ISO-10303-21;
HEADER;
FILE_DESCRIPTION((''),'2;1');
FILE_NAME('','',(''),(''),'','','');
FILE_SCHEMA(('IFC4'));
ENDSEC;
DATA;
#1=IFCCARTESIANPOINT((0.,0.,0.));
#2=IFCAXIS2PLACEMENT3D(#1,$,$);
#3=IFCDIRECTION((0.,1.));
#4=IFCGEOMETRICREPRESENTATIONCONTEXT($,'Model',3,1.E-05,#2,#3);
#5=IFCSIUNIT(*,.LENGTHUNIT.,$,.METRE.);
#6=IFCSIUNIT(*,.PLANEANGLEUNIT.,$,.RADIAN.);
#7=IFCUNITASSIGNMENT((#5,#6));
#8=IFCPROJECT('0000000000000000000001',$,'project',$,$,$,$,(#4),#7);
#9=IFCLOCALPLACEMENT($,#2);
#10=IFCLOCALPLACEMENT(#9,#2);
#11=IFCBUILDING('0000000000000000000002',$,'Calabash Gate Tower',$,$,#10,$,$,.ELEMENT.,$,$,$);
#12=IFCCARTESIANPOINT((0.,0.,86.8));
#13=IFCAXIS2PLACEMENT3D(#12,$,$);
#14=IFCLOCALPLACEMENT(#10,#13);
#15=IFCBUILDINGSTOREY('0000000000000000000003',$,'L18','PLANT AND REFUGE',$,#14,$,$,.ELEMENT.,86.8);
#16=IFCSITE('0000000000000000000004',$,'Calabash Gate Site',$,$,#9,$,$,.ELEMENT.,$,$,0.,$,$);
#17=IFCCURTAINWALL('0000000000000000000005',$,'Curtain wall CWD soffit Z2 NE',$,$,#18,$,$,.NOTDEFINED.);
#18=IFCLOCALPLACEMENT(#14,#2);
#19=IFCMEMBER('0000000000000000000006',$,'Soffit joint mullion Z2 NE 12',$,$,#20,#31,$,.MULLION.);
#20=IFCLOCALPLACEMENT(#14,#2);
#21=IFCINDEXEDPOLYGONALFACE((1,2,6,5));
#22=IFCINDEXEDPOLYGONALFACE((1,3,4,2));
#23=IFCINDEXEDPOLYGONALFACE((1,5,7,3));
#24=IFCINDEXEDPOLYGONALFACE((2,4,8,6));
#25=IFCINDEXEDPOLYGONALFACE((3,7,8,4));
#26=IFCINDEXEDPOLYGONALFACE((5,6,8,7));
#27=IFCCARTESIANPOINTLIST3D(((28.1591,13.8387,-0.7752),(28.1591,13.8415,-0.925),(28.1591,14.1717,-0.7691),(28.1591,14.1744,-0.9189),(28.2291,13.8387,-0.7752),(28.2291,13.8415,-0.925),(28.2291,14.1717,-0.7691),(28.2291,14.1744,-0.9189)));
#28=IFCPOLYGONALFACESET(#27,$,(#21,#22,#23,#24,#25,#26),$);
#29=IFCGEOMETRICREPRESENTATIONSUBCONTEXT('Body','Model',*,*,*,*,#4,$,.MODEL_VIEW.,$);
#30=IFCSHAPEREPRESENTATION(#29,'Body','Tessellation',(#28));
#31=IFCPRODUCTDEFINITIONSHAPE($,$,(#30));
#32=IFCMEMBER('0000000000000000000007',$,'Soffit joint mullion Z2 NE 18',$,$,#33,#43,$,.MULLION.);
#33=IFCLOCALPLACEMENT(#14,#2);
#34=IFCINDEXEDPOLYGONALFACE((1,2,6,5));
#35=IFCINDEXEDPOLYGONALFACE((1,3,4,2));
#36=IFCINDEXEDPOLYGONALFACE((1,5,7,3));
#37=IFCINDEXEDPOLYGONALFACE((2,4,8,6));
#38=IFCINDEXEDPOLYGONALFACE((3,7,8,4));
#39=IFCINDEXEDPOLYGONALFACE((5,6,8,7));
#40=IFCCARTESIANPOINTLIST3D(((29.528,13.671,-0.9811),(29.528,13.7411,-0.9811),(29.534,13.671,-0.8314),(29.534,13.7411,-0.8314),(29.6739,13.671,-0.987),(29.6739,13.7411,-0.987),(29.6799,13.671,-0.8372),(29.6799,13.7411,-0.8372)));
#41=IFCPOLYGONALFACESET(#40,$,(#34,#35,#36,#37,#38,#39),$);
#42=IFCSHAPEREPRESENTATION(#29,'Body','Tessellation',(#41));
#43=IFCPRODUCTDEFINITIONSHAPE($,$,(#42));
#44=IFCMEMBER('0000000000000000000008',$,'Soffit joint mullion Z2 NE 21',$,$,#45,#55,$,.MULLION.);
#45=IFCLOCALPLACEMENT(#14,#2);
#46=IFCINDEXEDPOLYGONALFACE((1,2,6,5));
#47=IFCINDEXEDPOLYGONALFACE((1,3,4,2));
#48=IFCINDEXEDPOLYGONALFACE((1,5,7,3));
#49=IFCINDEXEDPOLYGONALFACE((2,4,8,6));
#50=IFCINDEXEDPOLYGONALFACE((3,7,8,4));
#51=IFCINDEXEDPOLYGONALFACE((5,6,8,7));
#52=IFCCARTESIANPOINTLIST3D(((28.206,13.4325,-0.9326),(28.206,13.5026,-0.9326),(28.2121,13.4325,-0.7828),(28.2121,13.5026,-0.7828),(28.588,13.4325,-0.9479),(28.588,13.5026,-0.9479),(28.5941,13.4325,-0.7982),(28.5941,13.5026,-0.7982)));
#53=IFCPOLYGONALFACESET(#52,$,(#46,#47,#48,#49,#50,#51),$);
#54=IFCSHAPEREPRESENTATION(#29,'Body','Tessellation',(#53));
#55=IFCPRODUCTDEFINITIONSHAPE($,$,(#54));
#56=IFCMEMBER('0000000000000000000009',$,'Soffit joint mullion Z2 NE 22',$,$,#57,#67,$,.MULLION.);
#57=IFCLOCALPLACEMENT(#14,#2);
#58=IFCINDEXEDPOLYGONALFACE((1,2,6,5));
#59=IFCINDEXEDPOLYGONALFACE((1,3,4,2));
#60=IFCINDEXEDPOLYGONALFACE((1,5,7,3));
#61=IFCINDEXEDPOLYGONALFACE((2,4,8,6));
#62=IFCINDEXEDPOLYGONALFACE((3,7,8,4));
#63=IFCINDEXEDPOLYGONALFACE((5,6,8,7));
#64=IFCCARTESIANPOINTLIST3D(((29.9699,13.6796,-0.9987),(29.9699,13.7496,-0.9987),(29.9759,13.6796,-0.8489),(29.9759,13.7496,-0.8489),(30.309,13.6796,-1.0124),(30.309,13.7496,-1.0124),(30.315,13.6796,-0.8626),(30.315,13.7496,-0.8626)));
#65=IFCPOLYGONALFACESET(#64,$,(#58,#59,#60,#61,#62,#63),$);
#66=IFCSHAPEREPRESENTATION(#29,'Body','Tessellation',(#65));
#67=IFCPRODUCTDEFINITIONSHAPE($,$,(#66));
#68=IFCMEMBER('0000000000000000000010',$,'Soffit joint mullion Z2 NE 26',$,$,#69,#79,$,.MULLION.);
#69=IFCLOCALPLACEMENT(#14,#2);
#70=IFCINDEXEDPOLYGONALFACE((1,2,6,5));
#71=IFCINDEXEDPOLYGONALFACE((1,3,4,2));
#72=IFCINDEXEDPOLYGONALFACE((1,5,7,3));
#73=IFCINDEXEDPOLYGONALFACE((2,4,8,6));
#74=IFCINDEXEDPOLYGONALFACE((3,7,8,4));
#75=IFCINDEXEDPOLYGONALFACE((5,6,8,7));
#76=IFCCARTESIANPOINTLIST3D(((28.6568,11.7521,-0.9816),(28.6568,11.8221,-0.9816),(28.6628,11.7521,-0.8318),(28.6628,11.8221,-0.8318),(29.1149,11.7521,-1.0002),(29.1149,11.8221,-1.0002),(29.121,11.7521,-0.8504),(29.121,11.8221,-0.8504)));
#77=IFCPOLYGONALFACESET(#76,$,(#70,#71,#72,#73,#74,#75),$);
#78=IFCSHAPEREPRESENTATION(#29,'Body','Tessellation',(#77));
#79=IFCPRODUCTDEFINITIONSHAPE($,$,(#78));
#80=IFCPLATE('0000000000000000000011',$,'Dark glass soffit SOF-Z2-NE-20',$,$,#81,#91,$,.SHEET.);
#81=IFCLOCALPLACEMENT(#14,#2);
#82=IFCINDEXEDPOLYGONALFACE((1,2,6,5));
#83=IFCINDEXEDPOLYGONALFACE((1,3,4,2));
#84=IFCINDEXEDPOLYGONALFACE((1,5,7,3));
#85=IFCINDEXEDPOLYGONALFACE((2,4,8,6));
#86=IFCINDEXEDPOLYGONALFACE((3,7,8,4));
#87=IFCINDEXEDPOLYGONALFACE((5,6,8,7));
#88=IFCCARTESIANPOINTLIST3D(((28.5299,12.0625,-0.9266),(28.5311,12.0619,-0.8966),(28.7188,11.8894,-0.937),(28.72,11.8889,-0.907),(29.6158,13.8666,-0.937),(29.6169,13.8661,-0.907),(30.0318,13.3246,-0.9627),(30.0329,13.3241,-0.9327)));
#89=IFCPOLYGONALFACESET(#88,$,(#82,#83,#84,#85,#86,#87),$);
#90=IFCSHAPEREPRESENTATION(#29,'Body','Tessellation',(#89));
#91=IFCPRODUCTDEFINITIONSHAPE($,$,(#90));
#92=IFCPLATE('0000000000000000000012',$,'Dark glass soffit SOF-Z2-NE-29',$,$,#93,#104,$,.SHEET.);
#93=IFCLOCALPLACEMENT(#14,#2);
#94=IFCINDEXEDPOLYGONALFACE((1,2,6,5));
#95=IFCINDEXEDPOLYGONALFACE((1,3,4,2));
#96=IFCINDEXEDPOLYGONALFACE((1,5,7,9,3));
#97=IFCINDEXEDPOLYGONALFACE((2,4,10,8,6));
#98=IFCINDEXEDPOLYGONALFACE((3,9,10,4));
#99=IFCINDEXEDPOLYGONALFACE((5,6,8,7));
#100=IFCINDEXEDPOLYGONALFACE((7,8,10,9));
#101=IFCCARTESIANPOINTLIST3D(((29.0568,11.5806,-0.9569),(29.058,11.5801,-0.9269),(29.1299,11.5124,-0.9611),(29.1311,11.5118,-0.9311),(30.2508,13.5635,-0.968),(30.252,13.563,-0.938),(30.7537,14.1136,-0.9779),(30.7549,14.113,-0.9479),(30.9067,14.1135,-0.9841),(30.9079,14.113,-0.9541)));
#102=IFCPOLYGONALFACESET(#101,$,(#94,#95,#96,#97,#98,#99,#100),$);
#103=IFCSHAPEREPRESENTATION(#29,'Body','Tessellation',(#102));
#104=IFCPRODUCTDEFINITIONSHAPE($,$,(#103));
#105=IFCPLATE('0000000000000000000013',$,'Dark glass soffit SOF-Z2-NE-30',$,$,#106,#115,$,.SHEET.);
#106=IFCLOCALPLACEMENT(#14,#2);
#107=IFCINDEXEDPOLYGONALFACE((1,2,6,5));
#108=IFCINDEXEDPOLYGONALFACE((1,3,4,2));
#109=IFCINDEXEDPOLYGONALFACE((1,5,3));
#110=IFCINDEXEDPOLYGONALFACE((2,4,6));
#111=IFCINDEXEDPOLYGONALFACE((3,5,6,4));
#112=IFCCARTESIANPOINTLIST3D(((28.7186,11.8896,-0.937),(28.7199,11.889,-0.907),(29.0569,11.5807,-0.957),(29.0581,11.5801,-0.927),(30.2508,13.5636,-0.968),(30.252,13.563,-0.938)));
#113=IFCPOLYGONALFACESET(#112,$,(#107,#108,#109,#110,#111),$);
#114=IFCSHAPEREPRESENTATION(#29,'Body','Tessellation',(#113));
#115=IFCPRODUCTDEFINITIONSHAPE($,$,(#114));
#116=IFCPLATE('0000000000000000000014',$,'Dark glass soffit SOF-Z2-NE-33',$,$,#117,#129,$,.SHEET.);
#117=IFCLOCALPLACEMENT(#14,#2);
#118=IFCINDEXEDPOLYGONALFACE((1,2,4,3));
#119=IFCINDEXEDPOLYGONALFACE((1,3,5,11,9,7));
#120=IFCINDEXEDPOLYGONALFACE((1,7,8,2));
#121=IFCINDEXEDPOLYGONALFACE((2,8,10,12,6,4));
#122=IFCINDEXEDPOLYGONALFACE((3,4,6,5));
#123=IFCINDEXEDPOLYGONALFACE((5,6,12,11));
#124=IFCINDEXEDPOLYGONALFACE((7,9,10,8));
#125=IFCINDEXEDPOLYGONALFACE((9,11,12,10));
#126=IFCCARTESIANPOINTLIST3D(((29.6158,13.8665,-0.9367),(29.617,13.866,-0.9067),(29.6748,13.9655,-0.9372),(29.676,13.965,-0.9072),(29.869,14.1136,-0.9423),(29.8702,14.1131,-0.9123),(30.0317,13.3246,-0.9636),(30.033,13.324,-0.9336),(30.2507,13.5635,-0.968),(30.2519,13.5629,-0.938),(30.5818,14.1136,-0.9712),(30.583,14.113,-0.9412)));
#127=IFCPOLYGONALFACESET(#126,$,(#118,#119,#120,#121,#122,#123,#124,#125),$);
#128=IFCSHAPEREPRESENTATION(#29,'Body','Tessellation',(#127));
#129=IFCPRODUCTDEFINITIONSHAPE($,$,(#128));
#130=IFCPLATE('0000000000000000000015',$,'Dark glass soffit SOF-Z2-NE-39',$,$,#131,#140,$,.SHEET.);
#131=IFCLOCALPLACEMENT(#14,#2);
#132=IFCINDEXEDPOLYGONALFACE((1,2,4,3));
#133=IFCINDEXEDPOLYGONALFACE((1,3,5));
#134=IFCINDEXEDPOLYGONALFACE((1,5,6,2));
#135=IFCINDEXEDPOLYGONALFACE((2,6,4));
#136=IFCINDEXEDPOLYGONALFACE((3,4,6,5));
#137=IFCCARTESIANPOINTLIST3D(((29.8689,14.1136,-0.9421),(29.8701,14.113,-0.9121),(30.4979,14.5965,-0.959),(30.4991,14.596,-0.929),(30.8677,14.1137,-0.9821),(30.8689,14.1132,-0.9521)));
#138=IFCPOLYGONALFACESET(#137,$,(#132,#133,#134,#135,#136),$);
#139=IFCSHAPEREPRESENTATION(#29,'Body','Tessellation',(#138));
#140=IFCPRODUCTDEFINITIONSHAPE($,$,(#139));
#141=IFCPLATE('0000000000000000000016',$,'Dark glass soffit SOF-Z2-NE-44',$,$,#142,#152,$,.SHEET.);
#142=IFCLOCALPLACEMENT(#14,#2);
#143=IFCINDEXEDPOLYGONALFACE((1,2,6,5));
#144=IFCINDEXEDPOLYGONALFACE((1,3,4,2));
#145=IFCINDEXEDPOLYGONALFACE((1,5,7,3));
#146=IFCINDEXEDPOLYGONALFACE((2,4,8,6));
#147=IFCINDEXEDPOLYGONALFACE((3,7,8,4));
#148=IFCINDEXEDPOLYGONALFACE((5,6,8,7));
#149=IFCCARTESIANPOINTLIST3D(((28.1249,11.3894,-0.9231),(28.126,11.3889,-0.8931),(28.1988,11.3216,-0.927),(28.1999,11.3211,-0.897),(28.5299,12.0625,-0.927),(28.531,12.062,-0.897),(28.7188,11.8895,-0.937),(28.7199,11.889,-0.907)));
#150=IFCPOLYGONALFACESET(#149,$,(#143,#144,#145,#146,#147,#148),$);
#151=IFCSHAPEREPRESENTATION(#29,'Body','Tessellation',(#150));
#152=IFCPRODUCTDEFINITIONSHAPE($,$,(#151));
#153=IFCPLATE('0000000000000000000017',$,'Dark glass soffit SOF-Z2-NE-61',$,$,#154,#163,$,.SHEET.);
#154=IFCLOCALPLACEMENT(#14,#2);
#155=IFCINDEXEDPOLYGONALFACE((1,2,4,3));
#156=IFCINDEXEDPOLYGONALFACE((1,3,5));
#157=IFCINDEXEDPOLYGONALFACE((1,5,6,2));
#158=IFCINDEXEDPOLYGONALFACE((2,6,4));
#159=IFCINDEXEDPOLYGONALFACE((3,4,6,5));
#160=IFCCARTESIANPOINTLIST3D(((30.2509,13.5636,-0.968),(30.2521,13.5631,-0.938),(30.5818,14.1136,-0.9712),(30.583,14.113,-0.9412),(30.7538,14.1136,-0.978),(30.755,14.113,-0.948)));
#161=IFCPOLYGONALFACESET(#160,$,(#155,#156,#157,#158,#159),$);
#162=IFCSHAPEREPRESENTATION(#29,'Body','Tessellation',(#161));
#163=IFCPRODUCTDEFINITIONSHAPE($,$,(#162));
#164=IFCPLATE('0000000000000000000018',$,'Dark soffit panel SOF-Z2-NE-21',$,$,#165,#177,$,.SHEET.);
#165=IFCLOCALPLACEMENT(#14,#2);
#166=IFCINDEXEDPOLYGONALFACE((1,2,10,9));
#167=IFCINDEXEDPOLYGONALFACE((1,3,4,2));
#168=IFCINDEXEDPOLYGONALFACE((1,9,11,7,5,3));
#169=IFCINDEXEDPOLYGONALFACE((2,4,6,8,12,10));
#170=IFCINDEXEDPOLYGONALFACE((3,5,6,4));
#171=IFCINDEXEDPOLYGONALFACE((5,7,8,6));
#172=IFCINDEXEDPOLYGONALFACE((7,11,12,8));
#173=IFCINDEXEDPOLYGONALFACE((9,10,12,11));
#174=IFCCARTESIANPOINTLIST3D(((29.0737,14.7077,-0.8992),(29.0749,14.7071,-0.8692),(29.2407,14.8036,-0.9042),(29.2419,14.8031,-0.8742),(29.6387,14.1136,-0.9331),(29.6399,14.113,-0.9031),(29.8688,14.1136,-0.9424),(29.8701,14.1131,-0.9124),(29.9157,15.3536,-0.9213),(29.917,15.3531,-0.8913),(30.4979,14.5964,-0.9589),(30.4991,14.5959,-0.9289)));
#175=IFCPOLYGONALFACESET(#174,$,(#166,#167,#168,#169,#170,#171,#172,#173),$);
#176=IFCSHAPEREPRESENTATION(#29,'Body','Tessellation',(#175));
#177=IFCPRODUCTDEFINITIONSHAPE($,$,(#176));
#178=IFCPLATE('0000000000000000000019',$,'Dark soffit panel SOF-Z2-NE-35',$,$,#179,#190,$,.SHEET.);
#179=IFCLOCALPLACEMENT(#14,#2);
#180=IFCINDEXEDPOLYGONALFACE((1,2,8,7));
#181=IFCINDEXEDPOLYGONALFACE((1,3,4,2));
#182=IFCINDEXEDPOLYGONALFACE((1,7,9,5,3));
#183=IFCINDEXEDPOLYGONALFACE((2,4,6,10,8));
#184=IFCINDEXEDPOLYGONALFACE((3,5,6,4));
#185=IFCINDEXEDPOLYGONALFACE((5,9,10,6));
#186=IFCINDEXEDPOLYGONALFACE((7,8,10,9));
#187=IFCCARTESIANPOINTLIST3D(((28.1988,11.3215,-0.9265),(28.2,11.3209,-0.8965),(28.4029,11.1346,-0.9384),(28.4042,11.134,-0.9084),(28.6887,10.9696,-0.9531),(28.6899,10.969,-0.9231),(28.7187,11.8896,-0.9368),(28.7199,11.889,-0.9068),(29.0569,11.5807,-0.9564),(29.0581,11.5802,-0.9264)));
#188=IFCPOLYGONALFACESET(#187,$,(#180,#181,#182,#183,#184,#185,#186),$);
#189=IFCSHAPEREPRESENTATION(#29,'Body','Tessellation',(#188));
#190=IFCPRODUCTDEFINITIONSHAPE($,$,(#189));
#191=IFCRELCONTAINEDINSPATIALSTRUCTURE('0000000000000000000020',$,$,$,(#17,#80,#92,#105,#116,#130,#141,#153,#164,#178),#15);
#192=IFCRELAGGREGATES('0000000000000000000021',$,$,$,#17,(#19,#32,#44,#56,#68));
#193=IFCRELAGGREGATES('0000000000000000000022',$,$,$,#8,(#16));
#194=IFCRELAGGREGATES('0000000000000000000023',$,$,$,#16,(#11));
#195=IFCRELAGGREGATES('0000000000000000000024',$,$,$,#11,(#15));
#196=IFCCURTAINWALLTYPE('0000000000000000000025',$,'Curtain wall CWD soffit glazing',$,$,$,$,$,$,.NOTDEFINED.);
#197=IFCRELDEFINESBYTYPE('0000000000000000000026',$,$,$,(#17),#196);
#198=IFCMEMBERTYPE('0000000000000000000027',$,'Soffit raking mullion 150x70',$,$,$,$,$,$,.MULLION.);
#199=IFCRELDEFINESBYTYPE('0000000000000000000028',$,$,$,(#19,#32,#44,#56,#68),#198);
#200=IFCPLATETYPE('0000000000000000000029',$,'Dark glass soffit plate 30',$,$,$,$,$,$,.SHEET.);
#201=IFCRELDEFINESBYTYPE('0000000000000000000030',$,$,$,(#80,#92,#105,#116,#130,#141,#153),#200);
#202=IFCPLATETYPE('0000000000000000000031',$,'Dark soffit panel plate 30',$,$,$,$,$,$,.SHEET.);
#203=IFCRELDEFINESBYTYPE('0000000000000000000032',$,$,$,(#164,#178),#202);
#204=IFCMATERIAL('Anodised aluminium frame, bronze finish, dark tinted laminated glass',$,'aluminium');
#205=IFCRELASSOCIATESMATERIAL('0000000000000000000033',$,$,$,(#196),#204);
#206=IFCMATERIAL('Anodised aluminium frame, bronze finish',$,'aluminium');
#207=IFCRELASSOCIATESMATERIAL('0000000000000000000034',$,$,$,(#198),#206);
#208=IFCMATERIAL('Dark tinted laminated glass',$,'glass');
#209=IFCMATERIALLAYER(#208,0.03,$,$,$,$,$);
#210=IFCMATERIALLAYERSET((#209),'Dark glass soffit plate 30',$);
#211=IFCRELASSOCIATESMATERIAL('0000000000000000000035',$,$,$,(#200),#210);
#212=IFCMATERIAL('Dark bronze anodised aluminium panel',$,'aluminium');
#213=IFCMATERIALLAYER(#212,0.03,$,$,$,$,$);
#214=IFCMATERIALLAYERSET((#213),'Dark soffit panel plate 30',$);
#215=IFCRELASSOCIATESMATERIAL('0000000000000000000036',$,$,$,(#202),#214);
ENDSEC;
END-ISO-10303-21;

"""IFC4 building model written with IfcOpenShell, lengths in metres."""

from ifc_helpers import new_model, si_unit, direction, frame, origin, origin_2d, place, context, subcontext, project, spatial, polyline, rectangle, outline, extrude, material, layer, layer_set, material_profile, profile_set, type_object, element, aggregate, save


model = new_model("IFC4")

# Units and contexts
model_context = context("Model", 3, precision=1e-05, world=origin(), true_north=direction((0.0, 1.0)))
body_context = subcontext(model_context, "Body", "Model", "MODEL_VIEW")
ifc_project = project(units=[si_unit("LENGTHUNIT", "METRE"), si_unit("PLANEANGLEUNIT", "RADIAN")], contexts=[model_context])

# Site, building, storey
site_placement = place(None, origin())
site = spatial("IfcSite", under=ifc_project, at=site_placement, Name="Calabash Gate Site", CompositionType="ELEMENT", RefElevation=0.0)
building_placement = place(site_placement, origin())
building = spatial("IfcBuilding", under=site, at=building_placement, Name="Calabash Gate Tower", CompositionType="ELEMENT")
storey_placement = place(building_placement, frame((0.0, 0.0, 86.8)))
storey = spatial("IfcBuildingStorey", under=building, at=storey_placement, Name="L18", Description="PLANT AND REFUGE", CompositionType="ELEMENT", Elevation=86.8)

# Curtain wall, members
ifc_material_1 = material(Name="Anodised aluminium frame, bronze finish, dark tinted laminated glass", Category="aluminium")
curtain_wall_type = type_object("IfcCurtainWallType", Name="Curtain wall CWD soffit glazing", PredefinedType="NOTDEFINED", material=ifc_material_1)
curtain_wall_placement = place(storey_placement, origin())
curtain_wall = element("IfcCurtainWall", 1, at=curtain_wall_placement, inside=storey, type_object=curtain_wall_type, Name="Curtain wall CWD soffit Z2 NE", PredefinedType="NOTDEFINED")
ifc_material_2 = material(Name="Anodised aluminium frame, bronze finish", Category="aluminium")
ifc_material_profile = material_profile(ifc_material_2, rectangle(XDim=0.1499, YDim=0.0701, at=origin_2d()))
ifc_profile_set = profile_set([ifc_material_profile], Name="Anodised aluminium frame, bronze finish")
member_type = type_object("IfcMemberType", Name="Soffit raking mullion 150x70", PredefinedType="MULLION", material=ifc_profile_set)
member_1_placement = place(storey_placement, frame((28.1941, 13.8401, -0.8501), z_axis=(0.0, 0.999832, 0.018325), x_axis=(0.0, -0.018325, 0.999832)))
member_1 = element("IfcMember", 2, at=member_1_placement, type_object=member_type, Name="Soffit joint mullion Z2 NE 12", PredefinedType="MULLION", context=body_context, shape_type="SweptSolid", body=[
    extrude(rectangle(XDim=0.1499, YDim=0.0701, at=origin_2d()), origin(), (0.0, 0.0, 1.0), 0.333),
])
member_2_placement = place(storey_placement, frame((29.531, 13.7061, -0.9062), z_axis=(0.999196, 0.0, -0.040101), x_axis=(0.040101, 0.0, 0.999196)))
member_2 = element("IfcMember", 3, at=member_2_placement, type_object=member_type, Name="Soffit joint mullion Z2 NE 18", PredefinedType="MULLION", context=body_context, shape_type="SweptSolid", body=[
    extrude(rectangle(XDim=0.1499, YDim=0.0701, at=origin_2d()), origin(), (0.0, 0.0, 1.0), 0.146),
])
member_3_placement = place(storey_placement, frame((28.5911, 13.4675, -0.873), z_axis=(-0.999191, 0.0, 0.040223), x_axis=(0.040223, 0.0, 0.999191)))
member_3 = element("IfcMember", 4, at=member_3_placement, type_object=member_type, Name="Soffit joint mullion Z2 NE 21", PredefinedType="MULLION", context=body_context, shape_type="SweptSolid", body=[
    extrude(rectangle(XDim=0.1499, YDim=0.0701, at=origin_2d()), origin(), (0.0, 0.0, 1.0), 0.3823),
])
member_4_placement = place(storey_placement, frame((29.9729, 13.7146, -0.9238), z_axis=(0.999188, 0.0, -0.040284), x_axis=(0.040284, 0.0, 0.999188)))
member_4 = element("IfcMember", 5, at=member_4_placement, type_object=member_type, Name="Soffit joint mullion Z2 NE 22", PredefinedType="MULLION", context=body_context, shape_type="SweptSolid", body=[
    extrude(rectangle(XDim=0.1499, YDim=0.0701, at=origin_2d()), origin(), (0.0, 0.0, 1.0), 0.3394),
])
member_5_placement = place(storey_placement, frame((29.1179, 11.7871, -0.9253), z_axis=(-0.99918, 0.0, 0.040479), x_axis=(0.040479, 0.0, 0.99918)))
member_5 = element("IfcMember", 6, at=member_5_placement, type_object=member_type, Name="Soffit joint mullion Z2 NE 26", PredefinedType="MULLION", context=body_context, shape_type="SweptSolid", body=[
    extrude(rectangle(XDim=0.1499, YDim=0.0701, at=origin_2d()), origin(), (0.0, 0.0, 1.0), 0.4585),
])
aggregate(curtain_wall, [member_1, member_2, member_3, member_4, member_5])

# Plates
ifc_material_3 = material(Name="Dark tinted laminated glass", Category="glass")
ifc_layer_1 = layer(ifc_material_3, 0.03)
ifc_layer_set_1 = layer_set([ifc_layer_1], Name="Dark glass soffit plate 30")
plate_type_1 = type_object("IfcPlateType", Name="Dark glass soffit plate 30", PredefinedType="SHEET", material=ifc_layer_set_1)
plate_1_placement = place(storey_placement, frame((28.72, 11.8889, -0.907), z_axis=(0.038842, -0.017622, 0.99909), x_axis=(-0.736771, 0.674925, 0.040548)))
element("IfcPlate", 7, at=plate_1_placement, inside=storey, type_object=plate_type_1, Name="Dark glass soffit SOF-Z2-NE-20", PredefinedType="SHEET", context=body_context, shape_type="SweptSolid", body=[
    extrude(outline(polyline([(0.0, 0.0), (0.2563, 0.0), (0.6736, -2.064), (0.0002, -1.9453), (0.0, 0.0)])), origin(), (0.0, 0.0, -1.0), 0.03),
])
plate_2_placement = place(storey_placement, frame((30.252, 13.563, -0.938), z_axis=(0.040014, -0.018521, 0.999027), x_axis=(0.674732, 0.737942, -0.013344)))
element("IfcPlate", 8, at=plate_2_placement, inside=storey, type_object=plate_type_1, Name="Dark glass soffit SOF-Z2-NE-29", PredefinedType="SHEET", context=body_context, shape_type="SweptSolid", body=[
    extrude(outline(polyline([(0.0, 0.0), (0.7454, 0.0), (0.8486, -0.113), (-2.27, -0.5574), (-2.269, -0.4573), (0.0, 0.0)])), origin(), (0.0, 0.0, -1.0), 0.03),
])
plate_3_placement = place(storey_placement, frame((29.0581, 11.5801, -0.927), z_axis=(0.041421, -0.019404, 0.998953), x_axis=(-0.737666, 0.673752, 0.043674)))
element("IfcPlate", 9, at=plate_3_placement, inside=storey, type_object=plate_type_1, Name="Dark glass soffit SOF-Z2-NE-30", PredefinedType="SHEET", context=body_context, shape_type="SweptSolid", body=[
    extrude(outline(polyline([(0.0, 0.0), (0.4585, 0.0), (0.4548, -2.2695), (0.0, 0.0)])), origin(), (0.0, 0.0, -1.0), 0.03),
])
plate_4_placement = place(storey_placement, frame((30.583, 14.113, -0.9412), z_axis=(0.04045, -0.018641, 0.999008), x_axis=(-0.515665, -0.856776, 0.004892)))
element("IfcPlate", 10, at=plate_4_placement, inside=storey, type_object=plate_type_1, Name="Dark glass soffit SOF-Z2-NE-33", PredefinedType="SHEET", context=body_context, shape_type="SweptSolid", body=[
    extrude(outline(polyline([(0.0, 0.0), (0.6421, 0.0), (0.9597, -0.0645), (0.71, -0.7009), (0.5947, -0.7014), (0.3677, -0.6113), (0.0, 0.0)])), origin(), (0.0, 0.0, -1.0), 0.03),
])
plate_5_placement = place(storey_placement, frame((29.8701, 14.113, -0.9121), z_axis=(0.04005, -0.017307, 0.999048), x_axis=(0.792971, 0.608889, -0.02124)))
element("IfcPlate", 11, at=plate_5_placement, inside=storey, type_object=plate_type_1, Name="Dark glass soffit SOF-Z2-NE-39", PredefinedType="SHEET", context=body_context, shape_type="SweptSolid", body=[
    extrude(outline(polyline([(0.0, 0.0), (0.7932, 0.0), (0.793, -0.6086), (0.0, 0.0)])), origin(), (0.0, 0.0, -1.0), 0.03),
])
plate_6_placement = place(storey_placement, frame((28.531, 12.062, -0.897), z_axis=(0.037518, -0.016763, 0.999155), x_axis=(0.736831, -0.674952, -0.038991)))
element("IfcPlate", 12, at=plate_6_placement, inside=storey, type_object=plate_type_1, Name="Dark glass soffit SOF-Z2-NE-44", PredefinedType="SHEET", context=body_context, shape_type="SweptSolid", body=[
    extrude(outline(polyline([(0.0, 0.0), (0.2563, 0.0), (0.2561, -0.77), (0.1558, -0.77), (0.0, 0.0)])), origin(), (0.0, 0.0, -1.0), 0.03),
])
plate_7_placement = place(storey_placement, frame((30.583, 14.113, -0.9412), z_axis=(0.039735, -0.01815, 0.999045), x_axis=(0.99921, 0.0, -0.039741)))
element("IfcPlate", 13, at=plate_7_placement, inside=storey, type_object=plate_type_1, Name="Dark glass soffit SOF-Z2-NE-61", PredefinedType="SHEET", context=body_context, shape_type="SweptSolid", body=[
    extrude(outline(polyline([(0.0, 0.0), (0.1721, 0.0), (-0.3308, -0.55), (0.0, 0.0)])), origin(), (0.0, 0.0, -1.0), 0.03),
])
ifc_material_4 = material(Name="Dark bronze anodised aluminium panel", Category="aluminium")
ifc_layer_2 = layer(ifc_material_4, 0.03)
ifc_layer_set_2 = layer_set([ifc_layer_2], Name="Dark soffit panel plate 30")
plate_type_2 = type_object("IfcPlateType", Name="Dark soffit panel plate 30", PredefinedType="SHEET", material=ifc_layer_set_2)
plate_8_placement = place(storey_placement, frame((29.6399, 14.113, -0.9031), z_axis=(0.040456, -0.018509, 0.99901), x_axis=(-0.49931, 0.865665, 0.036259)))
element("IfcPlate", 14, at=plate_8_placement, inside=storey, type_object=plate_type_2, Name="Dark soffit panel SOF-Z2-NE-21", PredefinedType="SHEET", context=body_context, shape_type="SweptSolid", body=[
    extrude(outline(polyline([(0.0, 0.0), (0.7971, 0.0), (0.7976, 0.1926), (0.9355, -0.8599), (-0.012, -0.9858), (-0.1152, -0.1995), (0.0, 0.0)])), origin(), (0.0, 0.0, -1.0), 0.03),
])
plate_9_placement = place(storey_placement, frame((28.6899, 10.969, -0.9231), z_axis=(0.040477, -0.019021, 0.998999), x_axis=(-0.865186, 0.499466, 0.044565)))
element("IfcPlate", 15, at=plate_9_placement, inside=storey, type_object=plate_type_2, Name="Dark soffit panel SOF-Z2-NE-35", PredefinedType="SHEET", context=body_context, shape_type="SweptSolid", body=[
    extrude(outline(polyline([(0.0, 0.0), (0.3303, 0.0), (0.6008, -0.0598), (0.4343, -0.8118), (-0.0134, -0.7134), (0.0, 0.0)])), origin(), (0.0, 0.0, -1.0), 0.03),
])

save(model, "model.ifc")
